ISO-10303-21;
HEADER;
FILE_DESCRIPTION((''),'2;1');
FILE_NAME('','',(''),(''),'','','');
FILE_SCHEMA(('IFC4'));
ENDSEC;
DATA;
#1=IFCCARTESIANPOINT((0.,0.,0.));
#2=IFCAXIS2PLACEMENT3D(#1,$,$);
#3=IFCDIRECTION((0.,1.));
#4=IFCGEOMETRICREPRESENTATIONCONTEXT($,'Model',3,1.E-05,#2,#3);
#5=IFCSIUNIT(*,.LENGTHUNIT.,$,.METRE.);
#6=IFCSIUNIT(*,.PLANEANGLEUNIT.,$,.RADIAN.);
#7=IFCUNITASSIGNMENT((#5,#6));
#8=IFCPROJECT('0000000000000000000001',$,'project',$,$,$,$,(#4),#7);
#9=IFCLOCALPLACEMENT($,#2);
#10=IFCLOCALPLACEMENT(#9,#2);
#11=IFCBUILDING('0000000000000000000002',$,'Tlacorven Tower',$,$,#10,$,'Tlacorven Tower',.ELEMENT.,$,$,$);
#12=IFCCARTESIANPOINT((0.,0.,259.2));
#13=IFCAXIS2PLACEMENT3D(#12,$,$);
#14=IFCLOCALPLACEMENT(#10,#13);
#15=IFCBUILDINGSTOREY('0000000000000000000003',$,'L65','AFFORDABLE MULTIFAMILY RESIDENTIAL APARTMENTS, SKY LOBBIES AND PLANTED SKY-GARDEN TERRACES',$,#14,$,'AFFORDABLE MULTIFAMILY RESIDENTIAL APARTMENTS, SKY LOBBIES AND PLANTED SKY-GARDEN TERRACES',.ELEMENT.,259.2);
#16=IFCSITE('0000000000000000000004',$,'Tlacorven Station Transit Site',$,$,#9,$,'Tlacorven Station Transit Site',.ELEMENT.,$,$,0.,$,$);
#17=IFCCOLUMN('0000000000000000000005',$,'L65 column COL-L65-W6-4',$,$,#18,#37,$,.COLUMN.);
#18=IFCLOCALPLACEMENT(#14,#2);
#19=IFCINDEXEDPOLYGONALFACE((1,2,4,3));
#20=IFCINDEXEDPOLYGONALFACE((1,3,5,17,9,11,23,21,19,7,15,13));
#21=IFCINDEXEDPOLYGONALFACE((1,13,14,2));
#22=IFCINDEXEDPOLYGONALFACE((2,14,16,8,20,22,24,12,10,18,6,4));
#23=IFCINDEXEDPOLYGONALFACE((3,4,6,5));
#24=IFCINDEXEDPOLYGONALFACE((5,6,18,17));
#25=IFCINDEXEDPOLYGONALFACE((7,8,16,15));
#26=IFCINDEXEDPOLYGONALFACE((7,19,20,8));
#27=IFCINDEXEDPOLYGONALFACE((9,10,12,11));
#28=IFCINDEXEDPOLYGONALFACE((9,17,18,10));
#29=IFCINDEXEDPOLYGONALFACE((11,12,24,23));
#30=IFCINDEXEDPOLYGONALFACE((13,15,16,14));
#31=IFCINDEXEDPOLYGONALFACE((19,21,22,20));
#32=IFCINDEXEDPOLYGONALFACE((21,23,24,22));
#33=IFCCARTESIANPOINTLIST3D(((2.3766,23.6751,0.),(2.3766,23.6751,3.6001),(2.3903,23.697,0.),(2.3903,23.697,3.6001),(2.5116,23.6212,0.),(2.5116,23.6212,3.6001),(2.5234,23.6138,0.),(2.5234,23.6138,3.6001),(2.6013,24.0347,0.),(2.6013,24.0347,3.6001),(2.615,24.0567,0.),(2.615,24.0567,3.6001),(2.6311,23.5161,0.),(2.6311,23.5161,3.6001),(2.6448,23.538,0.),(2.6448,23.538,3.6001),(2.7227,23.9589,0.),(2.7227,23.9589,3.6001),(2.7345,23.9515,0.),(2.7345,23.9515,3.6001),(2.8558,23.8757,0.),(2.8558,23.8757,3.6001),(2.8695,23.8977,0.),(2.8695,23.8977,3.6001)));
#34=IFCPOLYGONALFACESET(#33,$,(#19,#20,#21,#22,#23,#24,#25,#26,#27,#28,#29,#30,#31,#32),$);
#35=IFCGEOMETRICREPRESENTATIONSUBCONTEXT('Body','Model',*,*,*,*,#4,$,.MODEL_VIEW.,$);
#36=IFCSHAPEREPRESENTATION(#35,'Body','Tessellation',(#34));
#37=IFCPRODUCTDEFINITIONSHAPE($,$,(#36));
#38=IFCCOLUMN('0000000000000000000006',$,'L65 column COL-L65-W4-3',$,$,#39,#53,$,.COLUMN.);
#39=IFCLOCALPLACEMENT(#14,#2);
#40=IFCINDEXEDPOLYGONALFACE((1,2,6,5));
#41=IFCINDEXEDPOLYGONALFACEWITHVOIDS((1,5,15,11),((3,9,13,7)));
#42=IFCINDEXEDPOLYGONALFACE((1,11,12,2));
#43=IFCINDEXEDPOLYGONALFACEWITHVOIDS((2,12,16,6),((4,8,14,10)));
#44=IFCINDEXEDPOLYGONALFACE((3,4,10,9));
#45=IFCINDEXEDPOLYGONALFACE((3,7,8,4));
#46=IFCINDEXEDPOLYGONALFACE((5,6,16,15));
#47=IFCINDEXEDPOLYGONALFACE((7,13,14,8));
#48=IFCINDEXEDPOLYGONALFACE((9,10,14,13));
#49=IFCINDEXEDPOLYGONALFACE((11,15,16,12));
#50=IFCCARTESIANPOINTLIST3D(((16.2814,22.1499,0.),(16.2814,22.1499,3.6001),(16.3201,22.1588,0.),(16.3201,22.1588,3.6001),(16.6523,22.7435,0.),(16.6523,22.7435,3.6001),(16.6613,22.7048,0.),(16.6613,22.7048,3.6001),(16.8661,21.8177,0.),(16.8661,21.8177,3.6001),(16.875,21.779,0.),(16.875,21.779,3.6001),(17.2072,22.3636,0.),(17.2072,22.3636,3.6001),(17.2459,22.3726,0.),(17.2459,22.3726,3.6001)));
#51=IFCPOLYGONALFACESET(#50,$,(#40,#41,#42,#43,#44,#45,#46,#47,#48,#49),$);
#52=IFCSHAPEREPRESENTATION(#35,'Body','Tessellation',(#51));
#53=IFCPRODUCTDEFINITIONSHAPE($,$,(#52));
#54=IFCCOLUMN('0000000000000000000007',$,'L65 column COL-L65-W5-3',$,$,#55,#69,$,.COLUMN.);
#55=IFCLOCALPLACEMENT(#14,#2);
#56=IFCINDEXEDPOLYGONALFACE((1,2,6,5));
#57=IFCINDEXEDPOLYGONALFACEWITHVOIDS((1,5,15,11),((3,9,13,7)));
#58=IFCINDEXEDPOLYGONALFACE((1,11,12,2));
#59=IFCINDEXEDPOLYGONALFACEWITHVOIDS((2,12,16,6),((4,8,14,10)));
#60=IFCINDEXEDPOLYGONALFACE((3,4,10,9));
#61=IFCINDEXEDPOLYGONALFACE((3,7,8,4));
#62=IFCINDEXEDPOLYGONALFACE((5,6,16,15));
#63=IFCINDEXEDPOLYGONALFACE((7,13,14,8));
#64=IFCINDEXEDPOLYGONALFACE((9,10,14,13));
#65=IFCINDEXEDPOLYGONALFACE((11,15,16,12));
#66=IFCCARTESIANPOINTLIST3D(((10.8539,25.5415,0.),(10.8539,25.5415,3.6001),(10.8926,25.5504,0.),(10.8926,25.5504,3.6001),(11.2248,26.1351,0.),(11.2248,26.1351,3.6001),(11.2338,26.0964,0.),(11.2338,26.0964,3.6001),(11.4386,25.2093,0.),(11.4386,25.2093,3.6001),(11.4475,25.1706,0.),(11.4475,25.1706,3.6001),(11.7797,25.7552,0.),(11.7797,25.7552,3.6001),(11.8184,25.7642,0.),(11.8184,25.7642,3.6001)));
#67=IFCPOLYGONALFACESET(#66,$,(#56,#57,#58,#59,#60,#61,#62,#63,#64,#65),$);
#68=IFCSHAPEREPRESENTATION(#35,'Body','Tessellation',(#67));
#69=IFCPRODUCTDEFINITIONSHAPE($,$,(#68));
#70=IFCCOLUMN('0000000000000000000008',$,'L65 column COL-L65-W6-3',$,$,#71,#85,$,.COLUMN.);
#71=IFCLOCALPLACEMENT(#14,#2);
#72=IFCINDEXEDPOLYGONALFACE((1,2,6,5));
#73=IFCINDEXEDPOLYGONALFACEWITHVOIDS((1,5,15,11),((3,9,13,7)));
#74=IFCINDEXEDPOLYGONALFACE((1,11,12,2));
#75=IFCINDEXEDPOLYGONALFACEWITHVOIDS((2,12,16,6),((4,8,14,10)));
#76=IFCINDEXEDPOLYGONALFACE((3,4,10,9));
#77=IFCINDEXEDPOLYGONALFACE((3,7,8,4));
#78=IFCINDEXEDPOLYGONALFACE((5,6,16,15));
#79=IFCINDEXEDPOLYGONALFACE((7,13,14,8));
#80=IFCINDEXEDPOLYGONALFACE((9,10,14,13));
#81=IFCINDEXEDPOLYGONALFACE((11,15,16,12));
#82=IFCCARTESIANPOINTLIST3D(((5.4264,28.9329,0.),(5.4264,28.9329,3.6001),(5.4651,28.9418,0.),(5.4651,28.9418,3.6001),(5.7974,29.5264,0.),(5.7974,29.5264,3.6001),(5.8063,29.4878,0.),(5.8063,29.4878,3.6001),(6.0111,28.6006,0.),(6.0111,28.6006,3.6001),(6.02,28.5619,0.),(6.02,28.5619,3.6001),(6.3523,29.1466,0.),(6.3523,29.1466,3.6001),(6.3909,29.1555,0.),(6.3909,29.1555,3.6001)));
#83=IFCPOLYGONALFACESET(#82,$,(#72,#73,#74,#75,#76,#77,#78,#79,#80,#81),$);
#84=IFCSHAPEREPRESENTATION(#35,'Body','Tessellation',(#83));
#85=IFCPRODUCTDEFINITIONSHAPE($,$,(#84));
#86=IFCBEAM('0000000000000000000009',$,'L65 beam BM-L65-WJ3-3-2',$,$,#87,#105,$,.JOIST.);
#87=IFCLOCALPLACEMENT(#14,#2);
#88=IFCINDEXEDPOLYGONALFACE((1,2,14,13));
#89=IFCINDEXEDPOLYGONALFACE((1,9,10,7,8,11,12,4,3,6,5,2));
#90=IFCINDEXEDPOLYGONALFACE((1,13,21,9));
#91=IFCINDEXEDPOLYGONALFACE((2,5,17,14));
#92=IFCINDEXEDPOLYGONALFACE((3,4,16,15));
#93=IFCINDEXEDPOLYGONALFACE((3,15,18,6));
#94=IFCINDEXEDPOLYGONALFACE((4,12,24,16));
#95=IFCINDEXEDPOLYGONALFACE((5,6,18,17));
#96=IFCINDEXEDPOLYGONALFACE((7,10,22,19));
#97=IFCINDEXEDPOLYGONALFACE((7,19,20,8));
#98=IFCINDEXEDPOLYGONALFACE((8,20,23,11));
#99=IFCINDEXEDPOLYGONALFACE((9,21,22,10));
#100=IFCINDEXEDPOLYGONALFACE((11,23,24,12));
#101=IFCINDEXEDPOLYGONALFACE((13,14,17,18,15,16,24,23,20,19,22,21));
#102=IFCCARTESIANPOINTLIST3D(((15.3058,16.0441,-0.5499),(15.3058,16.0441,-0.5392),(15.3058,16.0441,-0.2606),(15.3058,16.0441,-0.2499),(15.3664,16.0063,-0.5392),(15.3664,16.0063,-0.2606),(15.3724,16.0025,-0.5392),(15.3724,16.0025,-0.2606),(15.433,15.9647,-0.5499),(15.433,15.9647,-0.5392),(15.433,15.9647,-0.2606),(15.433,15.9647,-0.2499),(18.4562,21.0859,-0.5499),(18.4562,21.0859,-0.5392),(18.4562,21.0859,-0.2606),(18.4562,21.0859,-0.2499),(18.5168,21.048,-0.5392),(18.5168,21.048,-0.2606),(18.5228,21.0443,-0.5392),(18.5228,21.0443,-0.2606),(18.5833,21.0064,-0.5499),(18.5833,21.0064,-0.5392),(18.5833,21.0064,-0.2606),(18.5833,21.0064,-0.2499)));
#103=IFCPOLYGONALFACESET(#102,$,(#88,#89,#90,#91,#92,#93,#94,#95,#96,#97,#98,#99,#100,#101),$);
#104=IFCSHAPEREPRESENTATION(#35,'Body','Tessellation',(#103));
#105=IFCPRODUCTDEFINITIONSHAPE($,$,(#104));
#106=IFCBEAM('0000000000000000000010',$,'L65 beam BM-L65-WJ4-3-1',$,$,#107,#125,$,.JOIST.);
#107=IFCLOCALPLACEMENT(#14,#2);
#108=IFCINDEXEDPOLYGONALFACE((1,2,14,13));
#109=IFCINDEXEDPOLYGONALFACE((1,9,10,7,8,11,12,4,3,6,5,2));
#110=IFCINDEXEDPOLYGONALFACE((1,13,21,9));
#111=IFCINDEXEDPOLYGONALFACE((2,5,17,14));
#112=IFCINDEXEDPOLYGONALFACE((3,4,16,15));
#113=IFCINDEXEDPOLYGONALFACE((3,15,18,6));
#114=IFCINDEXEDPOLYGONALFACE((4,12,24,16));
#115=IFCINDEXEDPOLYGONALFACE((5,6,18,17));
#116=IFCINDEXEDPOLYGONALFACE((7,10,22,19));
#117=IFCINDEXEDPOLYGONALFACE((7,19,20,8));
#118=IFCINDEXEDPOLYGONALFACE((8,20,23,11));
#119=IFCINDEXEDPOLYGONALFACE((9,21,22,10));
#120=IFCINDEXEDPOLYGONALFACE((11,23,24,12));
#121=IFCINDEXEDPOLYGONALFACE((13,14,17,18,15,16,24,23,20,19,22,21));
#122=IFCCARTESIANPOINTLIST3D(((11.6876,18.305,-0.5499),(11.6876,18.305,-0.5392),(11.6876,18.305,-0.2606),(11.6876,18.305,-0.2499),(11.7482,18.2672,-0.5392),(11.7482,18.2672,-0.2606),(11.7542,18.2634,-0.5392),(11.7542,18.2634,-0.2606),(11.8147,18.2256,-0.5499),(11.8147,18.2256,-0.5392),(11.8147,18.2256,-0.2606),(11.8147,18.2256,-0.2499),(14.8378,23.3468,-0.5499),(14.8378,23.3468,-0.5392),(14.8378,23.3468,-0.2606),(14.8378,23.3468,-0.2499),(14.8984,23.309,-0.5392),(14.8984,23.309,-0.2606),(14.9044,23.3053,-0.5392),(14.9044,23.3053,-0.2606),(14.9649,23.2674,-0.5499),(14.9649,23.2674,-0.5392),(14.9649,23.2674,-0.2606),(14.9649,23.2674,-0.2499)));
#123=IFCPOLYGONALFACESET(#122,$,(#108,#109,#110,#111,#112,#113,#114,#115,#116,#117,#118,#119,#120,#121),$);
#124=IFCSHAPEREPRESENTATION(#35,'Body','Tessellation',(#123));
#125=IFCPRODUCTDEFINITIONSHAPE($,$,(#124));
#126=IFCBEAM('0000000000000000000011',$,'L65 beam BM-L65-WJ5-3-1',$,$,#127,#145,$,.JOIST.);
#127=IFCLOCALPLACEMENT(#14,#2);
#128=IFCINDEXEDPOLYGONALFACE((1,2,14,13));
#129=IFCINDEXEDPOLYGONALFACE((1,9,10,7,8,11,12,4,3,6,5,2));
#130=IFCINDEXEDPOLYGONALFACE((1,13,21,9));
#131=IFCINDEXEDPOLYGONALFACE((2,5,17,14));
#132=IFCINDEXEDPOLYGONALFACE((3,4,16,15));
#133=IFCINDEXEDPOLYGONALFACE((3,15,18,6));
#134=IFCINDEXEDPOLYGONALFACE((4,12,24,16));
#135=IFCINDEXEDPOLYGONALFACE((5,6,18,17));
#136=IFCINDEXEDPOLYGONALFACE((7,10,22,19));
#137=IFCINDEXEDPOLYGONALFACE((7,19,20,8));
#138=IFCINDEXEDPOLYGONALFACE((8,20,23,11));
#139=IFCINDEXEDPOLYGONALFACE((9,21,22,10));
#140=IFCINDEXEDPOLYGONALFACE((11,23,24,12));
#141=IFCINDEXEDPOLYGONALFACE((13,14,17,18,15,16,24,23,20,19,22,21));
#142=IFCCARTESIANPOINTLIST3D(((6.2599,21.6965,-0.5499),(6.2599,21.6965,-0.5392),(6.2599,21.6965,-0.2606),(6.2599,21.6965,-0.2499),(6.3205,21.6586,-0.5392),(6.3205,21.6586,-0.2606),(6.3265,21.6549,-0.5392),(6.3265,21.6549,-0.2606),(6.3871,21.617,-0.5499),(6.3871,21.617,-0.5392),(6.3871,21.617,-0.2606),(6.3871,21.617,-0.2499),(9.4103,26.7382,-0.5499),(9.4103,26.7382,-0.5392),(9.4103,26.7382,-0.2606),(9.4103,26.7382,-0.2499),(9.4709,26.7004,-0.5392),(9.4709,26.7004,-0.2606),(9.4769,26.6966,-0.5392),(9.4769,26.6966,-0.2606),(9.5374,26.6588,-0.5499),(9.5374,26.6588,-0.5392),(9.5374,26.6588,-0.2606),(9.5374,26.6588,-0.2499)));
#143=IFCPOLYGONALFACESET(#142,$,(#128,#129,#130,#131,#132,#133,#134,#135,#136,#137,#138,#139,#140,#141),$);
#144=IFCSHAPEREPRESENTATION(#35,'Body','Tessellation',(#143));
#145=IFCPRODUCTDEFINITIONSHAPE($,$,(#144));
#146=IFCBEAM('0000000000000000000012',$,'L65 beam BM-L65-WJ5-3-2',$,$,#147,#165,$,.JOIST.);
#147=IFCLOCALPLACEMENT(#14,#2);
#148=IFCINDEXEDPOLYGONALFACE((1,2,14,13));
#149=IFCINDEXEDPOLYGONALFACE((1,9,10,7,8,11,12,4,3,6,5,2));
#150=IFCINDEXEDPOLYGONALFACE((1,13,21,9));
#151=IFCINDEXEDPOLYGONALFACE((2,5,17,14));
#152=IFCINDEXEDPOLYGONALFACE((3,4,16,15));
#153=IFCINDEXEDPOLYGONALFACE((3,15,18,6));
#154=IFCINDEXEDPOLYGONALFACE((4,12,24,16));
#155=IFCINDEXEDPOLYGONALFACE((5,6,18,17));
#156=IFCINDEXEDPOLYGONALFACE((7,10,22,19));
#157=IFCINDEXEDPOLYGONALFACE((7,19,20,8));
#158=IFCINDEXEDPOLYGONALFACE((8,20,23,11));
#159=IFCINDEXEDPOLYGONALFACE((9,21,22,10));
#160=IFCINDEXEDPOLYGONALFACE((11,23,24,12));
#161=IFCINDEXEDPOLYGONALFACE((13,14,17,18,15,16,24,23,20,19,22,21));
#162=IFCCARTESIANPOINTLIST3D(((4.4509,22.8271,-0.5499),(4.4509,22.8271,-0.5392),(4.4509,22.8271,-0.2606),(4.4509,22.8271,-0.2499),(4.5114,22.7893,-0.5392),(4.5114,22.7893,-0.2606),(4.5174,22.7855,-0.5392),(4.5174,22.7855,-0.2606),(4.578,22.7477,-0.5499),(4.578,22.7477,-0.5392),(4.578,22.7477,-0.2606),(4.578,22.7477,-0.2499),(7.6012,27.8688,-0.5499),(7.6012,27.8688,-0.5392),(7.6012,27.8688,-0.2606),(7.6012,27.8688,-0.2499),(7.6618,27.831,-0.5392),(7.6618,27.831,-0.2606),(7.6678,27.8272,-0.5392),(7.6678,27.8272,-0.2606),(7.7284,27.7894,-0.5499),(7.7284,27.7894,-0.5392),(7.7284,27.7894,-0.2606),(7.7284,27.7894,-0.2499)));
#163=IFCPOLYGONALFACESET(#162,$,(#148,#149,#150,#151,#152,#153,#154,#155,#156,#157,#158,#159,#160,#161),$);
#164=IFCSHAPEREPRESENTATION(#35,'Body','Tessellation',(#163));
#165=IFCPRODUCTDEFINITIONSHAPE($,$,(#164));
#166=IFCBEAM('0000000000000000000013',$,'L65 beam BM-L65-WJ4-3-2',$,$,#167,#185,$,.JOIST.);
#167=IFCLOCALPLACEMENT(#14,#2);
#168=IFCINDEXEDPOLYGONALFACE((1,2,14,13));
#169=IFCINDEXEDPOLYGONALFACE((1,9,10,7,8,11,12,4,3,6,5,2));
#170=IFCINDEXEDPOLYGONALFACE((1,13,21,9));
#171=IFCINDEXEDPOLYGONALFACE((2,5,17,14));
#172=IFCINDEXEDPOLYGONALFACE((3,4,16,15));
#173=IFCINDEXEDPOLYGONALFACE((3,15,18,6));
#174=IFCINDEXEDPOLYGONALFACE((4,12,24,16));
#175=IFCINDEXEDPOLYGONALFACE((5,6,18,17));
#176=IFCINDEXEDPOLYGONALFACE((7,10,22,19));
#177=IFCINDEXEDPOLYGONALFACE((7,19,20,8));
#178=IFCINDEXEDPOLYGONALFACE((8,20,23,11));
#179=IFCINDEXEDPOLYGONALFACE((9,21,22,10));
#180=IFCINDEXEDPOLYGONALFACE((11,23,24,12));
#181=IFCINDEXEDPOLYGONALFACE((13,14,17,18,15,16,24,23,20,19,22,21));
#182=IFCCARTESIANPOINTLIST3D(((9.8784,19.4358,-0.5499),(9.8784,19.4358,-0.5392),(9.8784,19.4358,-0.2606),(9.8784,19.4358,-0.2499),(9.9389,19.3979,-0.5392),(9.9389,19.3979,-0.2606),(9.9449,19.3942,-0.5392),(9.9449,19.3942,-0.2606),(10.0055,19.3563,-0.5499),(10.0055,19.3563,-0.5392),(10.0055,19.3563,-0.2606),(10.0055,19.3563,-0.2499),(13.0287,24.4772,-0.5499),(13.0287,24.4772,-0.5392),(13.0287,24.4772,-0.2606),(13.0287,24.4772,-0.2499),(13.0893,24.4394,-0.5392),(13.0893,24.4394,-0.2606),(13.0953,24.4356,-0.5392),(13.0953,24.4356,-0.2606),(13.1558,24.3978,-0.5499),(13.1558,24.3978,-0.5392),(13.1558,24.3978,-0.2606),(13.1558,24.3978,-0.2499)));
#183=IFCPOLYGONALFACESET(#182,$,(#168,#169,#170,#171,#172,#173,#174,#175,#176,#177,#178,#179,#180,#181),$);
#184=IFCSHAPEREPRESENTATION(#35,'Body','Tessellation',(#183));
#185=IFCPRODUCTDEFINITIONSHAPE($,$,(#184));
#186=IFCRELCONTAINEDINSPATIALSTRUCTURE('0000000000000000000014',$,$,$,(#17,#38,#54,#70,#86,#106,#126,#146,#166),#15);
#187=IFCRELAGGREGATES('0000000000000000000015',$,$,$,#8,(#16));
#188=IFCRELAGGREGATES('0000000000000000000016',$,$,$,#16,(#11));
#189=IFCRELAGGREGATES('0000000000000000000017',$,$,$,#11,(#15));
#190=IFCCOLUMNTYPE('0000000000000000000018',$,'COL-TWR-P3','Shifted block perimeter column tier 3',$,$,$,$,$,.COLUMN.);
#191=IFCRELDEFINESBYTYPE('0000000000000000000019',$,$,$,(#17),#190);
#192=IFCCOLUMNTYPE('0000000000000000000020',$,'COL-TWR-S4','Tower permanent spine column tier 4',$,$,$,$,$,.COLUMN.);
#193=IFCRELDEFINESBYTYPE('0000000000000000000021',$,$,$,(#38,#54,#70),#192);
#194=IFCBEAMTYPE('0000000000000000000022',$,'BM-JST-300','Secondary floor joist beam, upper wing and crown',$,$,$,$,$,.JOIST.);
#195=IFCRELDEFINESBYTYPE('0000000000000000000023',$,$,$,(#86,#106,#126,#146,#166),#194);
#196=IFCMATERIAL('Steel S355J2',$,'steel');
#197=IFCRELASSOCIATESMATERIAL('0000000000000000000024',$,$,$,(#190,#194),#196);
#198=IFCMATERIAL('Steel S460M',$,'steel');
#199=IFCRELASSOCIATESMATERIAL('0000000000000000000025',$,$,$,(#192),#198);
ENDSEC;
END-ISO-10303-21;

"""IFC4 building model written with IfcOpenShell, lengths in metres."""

from ifc_helpers import new_model, si_unit, direction, frame, origin, origin_2d, place, context, subcontext, project, spatial, hollow_rectangle, i_section, extrude, source, transform, mapped, material, material_profile, profile_set, type_object, element, save


model = new_model("IFC4")

# Units and contexts
model_context = context("Model", 3, precision=1e-05, world=origin(), true_north=direction((0.0, 1.0)))
body_context = subcontext(model_context, "Body", "Model", "MODEL_VIEW")
ifc_project = project(units=[si_unit("LENGTHUNIT", "METRE"), si_unit("PLANEANGLEUNIT", "RADIAN")], contexts=[model_context])

# Site, building, storey
site_placement = place(None, origin())
site = spatial("IfcSite", under=ifc_project, at=site_placement, Name="Tlacorven Station Transit Site", LongName="Tlacorven Station Transit Site", CompositionType="ELEMENT", RefElevation=0.0)
building_placement = place(site_placement, origin())
building = spatial("IfcBuilding", under=site, at=building_placement, Name="Tlacorven Tower", LongName="Tlacorven Tower", CompositionType="ELEMENT")
storey_placement = place(building_placement, frame((0.0, 0.0, 259.2)))
storey = spatial("IfcBuildingStorey", under=building, at=storey_placement, Name="L65", Description="AFFORDABLE MULTIFAMILY RESIDENTIAL APARTMENTS, SKY LOBBIES AND PLANTED SKY-GARDEN TERRACES", LongName="AFFORDABLE MULTIFAMILY RESIDENTIAL APARTMENTS, SKY LOBBIES AND PLANTED SKY-GARDEN TERRACES", CompositionType="ELEMENT", Elevation=259.2)

# Columns
ifc_material_1 = material(Name="Steel S355J2", Category="steel")
ifc_material_profile_1 = material_profile(ifc_material_1, i_section(OverallWidth=0.3, OverallDepth=0.45, WebThickness=0.0139, FlangeThickness=0.0259, at=origin_2d()), Name="HEB 450")
ifc_profile_set_1 = profile_set([ifc_material_profile_1], Name="Steel S355J2")
column_type_1 = type_object("IfcColumnType", Name="COL-TWR-P3", Description="Shifted block perimeter column tier 3", PredefinedType="COLUMN", material=ifc_profile_set_1)
shared_shape_1 = source(origin(), body_context, "Body", "SweptSolid", [
    extrude(i_section(OverallWidth=0.3, OverallDepth=0.45, WebThickness=0.0139, FlangeThickness=0.0259, at=origin_2d()), origin(), (0.0, 0.0, 1.0), 3.6001),
])
column_placement = place(storey_placement, frame((2.623, 23.7864, 0.0), z_axis=(0.0, 0.0, 1.0), x_axis=(-0.848048, 0.529919, 0.0)))
element("IfcColumn", 1, at=column_placement, inside=storey, type_object=column_type_1, Name="L65 column COL-L65-W6-4", PredefinedType="COLUMN", context=body_context, shape_type="MappedRepresentation", body=[
    mapped(shared_shape_1, transform((0.0, 0.0, 0.0), scale=1.0)),
])
ifc_material_2 = material(Name="Steel S460M", Category="steel")
ifc_material_profile_2 = material_profile(ifc_material_2, hollow_rectangle(XDim=0.7, YDim=0.7, WallThickness=0.0281, at=origin_2d()), Name="BOX 700X700X28")
ifc_profile_set_2 = profile_set([ifc_material_profile_2], Name="Steel S460M")
column_type_2 = type_object("IfcColumnType", Name="COL-TWR-S4", Description="Tower permanent spine column tier 4", PredefinedType="COLUMN", material=ifc_profile_set_2)
shared_shape_2 = source(origin(), body_context, "Body", "SweptSolid", [
    extrude(hollow_rectangle(XDim=0.7, YDim=0.7, WallThickness=0.0281, at=origin_2d()), origin(), (0.0, 0.0, 1.0), 3.6001),
])
for number, where, z_axis, x_axis, name in (
    (2, (16.7637, 22.2612, 0.0), (0.0, 0.0, 1.0), (-0.848048, 0.529919, 0.0), "L65 column COL-L65-W4-3"),
    (3, (11.3362, 25.6528, 0.0), (0.0, 0.0, 1.0), (-0.848048, 0.529919, 0.0), "L65 column COL-L65-W5-3"),
    (4, (5.9087, 29.0442, 0.0), (0.0, 0.0, 1.0), (-0.848048, 0.529919, 0.0), "L65 column COL-L65-W6-3"),
):
    element("IfcColumn", number, at=place(storey_placement, frame(where, z_axis=z_axis, x_axis=x_axis)), inside=storey, type_object=column_type_2, Name=name, PredefinedType="COLUMN", context=body_context, shape_type="MappedRepresentation", body=[
        mapped(shared_shape_2, transform((0.0, 0.0, 0.0), scale=1.0)),
    ])

# Beams
ifc_material_profile_3 = material_profile(ifc_material_1, i_section(OverallWidth=0.1499, OverallDepth=0.3, WebThickness=0.0071, FlangeThickness=0.0107, at=origin_2d()), Name="IPE 300")
ifc_profile_set_3 = profile_set([ifc_material_profile_3], Name="Steel S355J2")
beam_type_1 = type_object("IfcBeamType", Name="BM-JST-300", Description="Secondary floor joist beam, upper wing and crown", PredefinedType="JOIST", material=ifc_profile_set_3)
shared_shape_3 = source(origin(), body_context, "Body", "SweptSolid", [
    extrude(i_section(OverallWidth=0.1499, OverallDepth=0.3, WebThickness=0.0071, FlangeThickness=0.0107, at=origin_2d()), origin(), (0.0, 0.0, 1.0), 5.9451),
])
for number, where, z_axis, x_axis, name in (
    (5, (18.5198, 21.0461, -0.3999), (-0.529914, -0.848051, 0.0), (0.848051, -0.529914, 0.0), "L65 beam BM-L65-WJ3-3-2"),
    (6, (14.9014, 23.3071, -0.3999), (-0.529885, -0.84807, 0.0), (0.84807, -0.529885, 0.0), "L65 beam BM-L65-WJ4-3-1"),
    (7, (9.4739, 26.6985, -0.3999), (-0.529914, -0.848051, 0.0), (0.848051, -0.529914, 0.0), "L65 beam BM-L65-WJ5-3-1"),
    (8, (7.6648, 27.8291, -0.3999), (-0.529914, -0.848051, 0.0), (0.848051, -0.529914, 0.0), "L65 beam BM-L65-WJ5-3-2"),
):
    element("IfcBeam", number, at=place(storey_placement, frame(where, z_axis=z_axis, x_axis=x_axis)), inside=storey, type_object=beam_type_1, Name=name, PredefinedType="JOIST", context=body_context, shape_type="MappedRepresentation", body=[
        mapped(shared_shape_3, transform((0.0, 0.0, 0.0), scale=1.0)),
    ])
shared_shape_4 = source(origin(), body_context, "Body", "SweptSolid", [
    extrude(i_section(OverallWidth=0.1499, OverallDepth=0.3, WebThickness=0.0071, FlangeThickness=0.0107, at=origin_2d()), origin(), (0.0, 0.0, 1.0), 5.9448),
])
beam_placement = place(storey_placement, frame((13.0923, 24.4375, -0.3999), z_axis=(-0.529932, -0.84804, 0.0), x_axis=(0.84804, -0.529932, 0.0)))
element("IfcBeam", 9, at=beam_placement, inside=storey, type_object=beam_type_1, Name="L65 beam BM-L65-WJ4-3-2", PredefinedType="JOIST", context=body_context, shape_type="MappedRepresentation", body=[
    mapped(shared_shape_4, transform((0.0, 0.0, 0.0), scale=1.0)),
])

save(model, "model.ifc")
